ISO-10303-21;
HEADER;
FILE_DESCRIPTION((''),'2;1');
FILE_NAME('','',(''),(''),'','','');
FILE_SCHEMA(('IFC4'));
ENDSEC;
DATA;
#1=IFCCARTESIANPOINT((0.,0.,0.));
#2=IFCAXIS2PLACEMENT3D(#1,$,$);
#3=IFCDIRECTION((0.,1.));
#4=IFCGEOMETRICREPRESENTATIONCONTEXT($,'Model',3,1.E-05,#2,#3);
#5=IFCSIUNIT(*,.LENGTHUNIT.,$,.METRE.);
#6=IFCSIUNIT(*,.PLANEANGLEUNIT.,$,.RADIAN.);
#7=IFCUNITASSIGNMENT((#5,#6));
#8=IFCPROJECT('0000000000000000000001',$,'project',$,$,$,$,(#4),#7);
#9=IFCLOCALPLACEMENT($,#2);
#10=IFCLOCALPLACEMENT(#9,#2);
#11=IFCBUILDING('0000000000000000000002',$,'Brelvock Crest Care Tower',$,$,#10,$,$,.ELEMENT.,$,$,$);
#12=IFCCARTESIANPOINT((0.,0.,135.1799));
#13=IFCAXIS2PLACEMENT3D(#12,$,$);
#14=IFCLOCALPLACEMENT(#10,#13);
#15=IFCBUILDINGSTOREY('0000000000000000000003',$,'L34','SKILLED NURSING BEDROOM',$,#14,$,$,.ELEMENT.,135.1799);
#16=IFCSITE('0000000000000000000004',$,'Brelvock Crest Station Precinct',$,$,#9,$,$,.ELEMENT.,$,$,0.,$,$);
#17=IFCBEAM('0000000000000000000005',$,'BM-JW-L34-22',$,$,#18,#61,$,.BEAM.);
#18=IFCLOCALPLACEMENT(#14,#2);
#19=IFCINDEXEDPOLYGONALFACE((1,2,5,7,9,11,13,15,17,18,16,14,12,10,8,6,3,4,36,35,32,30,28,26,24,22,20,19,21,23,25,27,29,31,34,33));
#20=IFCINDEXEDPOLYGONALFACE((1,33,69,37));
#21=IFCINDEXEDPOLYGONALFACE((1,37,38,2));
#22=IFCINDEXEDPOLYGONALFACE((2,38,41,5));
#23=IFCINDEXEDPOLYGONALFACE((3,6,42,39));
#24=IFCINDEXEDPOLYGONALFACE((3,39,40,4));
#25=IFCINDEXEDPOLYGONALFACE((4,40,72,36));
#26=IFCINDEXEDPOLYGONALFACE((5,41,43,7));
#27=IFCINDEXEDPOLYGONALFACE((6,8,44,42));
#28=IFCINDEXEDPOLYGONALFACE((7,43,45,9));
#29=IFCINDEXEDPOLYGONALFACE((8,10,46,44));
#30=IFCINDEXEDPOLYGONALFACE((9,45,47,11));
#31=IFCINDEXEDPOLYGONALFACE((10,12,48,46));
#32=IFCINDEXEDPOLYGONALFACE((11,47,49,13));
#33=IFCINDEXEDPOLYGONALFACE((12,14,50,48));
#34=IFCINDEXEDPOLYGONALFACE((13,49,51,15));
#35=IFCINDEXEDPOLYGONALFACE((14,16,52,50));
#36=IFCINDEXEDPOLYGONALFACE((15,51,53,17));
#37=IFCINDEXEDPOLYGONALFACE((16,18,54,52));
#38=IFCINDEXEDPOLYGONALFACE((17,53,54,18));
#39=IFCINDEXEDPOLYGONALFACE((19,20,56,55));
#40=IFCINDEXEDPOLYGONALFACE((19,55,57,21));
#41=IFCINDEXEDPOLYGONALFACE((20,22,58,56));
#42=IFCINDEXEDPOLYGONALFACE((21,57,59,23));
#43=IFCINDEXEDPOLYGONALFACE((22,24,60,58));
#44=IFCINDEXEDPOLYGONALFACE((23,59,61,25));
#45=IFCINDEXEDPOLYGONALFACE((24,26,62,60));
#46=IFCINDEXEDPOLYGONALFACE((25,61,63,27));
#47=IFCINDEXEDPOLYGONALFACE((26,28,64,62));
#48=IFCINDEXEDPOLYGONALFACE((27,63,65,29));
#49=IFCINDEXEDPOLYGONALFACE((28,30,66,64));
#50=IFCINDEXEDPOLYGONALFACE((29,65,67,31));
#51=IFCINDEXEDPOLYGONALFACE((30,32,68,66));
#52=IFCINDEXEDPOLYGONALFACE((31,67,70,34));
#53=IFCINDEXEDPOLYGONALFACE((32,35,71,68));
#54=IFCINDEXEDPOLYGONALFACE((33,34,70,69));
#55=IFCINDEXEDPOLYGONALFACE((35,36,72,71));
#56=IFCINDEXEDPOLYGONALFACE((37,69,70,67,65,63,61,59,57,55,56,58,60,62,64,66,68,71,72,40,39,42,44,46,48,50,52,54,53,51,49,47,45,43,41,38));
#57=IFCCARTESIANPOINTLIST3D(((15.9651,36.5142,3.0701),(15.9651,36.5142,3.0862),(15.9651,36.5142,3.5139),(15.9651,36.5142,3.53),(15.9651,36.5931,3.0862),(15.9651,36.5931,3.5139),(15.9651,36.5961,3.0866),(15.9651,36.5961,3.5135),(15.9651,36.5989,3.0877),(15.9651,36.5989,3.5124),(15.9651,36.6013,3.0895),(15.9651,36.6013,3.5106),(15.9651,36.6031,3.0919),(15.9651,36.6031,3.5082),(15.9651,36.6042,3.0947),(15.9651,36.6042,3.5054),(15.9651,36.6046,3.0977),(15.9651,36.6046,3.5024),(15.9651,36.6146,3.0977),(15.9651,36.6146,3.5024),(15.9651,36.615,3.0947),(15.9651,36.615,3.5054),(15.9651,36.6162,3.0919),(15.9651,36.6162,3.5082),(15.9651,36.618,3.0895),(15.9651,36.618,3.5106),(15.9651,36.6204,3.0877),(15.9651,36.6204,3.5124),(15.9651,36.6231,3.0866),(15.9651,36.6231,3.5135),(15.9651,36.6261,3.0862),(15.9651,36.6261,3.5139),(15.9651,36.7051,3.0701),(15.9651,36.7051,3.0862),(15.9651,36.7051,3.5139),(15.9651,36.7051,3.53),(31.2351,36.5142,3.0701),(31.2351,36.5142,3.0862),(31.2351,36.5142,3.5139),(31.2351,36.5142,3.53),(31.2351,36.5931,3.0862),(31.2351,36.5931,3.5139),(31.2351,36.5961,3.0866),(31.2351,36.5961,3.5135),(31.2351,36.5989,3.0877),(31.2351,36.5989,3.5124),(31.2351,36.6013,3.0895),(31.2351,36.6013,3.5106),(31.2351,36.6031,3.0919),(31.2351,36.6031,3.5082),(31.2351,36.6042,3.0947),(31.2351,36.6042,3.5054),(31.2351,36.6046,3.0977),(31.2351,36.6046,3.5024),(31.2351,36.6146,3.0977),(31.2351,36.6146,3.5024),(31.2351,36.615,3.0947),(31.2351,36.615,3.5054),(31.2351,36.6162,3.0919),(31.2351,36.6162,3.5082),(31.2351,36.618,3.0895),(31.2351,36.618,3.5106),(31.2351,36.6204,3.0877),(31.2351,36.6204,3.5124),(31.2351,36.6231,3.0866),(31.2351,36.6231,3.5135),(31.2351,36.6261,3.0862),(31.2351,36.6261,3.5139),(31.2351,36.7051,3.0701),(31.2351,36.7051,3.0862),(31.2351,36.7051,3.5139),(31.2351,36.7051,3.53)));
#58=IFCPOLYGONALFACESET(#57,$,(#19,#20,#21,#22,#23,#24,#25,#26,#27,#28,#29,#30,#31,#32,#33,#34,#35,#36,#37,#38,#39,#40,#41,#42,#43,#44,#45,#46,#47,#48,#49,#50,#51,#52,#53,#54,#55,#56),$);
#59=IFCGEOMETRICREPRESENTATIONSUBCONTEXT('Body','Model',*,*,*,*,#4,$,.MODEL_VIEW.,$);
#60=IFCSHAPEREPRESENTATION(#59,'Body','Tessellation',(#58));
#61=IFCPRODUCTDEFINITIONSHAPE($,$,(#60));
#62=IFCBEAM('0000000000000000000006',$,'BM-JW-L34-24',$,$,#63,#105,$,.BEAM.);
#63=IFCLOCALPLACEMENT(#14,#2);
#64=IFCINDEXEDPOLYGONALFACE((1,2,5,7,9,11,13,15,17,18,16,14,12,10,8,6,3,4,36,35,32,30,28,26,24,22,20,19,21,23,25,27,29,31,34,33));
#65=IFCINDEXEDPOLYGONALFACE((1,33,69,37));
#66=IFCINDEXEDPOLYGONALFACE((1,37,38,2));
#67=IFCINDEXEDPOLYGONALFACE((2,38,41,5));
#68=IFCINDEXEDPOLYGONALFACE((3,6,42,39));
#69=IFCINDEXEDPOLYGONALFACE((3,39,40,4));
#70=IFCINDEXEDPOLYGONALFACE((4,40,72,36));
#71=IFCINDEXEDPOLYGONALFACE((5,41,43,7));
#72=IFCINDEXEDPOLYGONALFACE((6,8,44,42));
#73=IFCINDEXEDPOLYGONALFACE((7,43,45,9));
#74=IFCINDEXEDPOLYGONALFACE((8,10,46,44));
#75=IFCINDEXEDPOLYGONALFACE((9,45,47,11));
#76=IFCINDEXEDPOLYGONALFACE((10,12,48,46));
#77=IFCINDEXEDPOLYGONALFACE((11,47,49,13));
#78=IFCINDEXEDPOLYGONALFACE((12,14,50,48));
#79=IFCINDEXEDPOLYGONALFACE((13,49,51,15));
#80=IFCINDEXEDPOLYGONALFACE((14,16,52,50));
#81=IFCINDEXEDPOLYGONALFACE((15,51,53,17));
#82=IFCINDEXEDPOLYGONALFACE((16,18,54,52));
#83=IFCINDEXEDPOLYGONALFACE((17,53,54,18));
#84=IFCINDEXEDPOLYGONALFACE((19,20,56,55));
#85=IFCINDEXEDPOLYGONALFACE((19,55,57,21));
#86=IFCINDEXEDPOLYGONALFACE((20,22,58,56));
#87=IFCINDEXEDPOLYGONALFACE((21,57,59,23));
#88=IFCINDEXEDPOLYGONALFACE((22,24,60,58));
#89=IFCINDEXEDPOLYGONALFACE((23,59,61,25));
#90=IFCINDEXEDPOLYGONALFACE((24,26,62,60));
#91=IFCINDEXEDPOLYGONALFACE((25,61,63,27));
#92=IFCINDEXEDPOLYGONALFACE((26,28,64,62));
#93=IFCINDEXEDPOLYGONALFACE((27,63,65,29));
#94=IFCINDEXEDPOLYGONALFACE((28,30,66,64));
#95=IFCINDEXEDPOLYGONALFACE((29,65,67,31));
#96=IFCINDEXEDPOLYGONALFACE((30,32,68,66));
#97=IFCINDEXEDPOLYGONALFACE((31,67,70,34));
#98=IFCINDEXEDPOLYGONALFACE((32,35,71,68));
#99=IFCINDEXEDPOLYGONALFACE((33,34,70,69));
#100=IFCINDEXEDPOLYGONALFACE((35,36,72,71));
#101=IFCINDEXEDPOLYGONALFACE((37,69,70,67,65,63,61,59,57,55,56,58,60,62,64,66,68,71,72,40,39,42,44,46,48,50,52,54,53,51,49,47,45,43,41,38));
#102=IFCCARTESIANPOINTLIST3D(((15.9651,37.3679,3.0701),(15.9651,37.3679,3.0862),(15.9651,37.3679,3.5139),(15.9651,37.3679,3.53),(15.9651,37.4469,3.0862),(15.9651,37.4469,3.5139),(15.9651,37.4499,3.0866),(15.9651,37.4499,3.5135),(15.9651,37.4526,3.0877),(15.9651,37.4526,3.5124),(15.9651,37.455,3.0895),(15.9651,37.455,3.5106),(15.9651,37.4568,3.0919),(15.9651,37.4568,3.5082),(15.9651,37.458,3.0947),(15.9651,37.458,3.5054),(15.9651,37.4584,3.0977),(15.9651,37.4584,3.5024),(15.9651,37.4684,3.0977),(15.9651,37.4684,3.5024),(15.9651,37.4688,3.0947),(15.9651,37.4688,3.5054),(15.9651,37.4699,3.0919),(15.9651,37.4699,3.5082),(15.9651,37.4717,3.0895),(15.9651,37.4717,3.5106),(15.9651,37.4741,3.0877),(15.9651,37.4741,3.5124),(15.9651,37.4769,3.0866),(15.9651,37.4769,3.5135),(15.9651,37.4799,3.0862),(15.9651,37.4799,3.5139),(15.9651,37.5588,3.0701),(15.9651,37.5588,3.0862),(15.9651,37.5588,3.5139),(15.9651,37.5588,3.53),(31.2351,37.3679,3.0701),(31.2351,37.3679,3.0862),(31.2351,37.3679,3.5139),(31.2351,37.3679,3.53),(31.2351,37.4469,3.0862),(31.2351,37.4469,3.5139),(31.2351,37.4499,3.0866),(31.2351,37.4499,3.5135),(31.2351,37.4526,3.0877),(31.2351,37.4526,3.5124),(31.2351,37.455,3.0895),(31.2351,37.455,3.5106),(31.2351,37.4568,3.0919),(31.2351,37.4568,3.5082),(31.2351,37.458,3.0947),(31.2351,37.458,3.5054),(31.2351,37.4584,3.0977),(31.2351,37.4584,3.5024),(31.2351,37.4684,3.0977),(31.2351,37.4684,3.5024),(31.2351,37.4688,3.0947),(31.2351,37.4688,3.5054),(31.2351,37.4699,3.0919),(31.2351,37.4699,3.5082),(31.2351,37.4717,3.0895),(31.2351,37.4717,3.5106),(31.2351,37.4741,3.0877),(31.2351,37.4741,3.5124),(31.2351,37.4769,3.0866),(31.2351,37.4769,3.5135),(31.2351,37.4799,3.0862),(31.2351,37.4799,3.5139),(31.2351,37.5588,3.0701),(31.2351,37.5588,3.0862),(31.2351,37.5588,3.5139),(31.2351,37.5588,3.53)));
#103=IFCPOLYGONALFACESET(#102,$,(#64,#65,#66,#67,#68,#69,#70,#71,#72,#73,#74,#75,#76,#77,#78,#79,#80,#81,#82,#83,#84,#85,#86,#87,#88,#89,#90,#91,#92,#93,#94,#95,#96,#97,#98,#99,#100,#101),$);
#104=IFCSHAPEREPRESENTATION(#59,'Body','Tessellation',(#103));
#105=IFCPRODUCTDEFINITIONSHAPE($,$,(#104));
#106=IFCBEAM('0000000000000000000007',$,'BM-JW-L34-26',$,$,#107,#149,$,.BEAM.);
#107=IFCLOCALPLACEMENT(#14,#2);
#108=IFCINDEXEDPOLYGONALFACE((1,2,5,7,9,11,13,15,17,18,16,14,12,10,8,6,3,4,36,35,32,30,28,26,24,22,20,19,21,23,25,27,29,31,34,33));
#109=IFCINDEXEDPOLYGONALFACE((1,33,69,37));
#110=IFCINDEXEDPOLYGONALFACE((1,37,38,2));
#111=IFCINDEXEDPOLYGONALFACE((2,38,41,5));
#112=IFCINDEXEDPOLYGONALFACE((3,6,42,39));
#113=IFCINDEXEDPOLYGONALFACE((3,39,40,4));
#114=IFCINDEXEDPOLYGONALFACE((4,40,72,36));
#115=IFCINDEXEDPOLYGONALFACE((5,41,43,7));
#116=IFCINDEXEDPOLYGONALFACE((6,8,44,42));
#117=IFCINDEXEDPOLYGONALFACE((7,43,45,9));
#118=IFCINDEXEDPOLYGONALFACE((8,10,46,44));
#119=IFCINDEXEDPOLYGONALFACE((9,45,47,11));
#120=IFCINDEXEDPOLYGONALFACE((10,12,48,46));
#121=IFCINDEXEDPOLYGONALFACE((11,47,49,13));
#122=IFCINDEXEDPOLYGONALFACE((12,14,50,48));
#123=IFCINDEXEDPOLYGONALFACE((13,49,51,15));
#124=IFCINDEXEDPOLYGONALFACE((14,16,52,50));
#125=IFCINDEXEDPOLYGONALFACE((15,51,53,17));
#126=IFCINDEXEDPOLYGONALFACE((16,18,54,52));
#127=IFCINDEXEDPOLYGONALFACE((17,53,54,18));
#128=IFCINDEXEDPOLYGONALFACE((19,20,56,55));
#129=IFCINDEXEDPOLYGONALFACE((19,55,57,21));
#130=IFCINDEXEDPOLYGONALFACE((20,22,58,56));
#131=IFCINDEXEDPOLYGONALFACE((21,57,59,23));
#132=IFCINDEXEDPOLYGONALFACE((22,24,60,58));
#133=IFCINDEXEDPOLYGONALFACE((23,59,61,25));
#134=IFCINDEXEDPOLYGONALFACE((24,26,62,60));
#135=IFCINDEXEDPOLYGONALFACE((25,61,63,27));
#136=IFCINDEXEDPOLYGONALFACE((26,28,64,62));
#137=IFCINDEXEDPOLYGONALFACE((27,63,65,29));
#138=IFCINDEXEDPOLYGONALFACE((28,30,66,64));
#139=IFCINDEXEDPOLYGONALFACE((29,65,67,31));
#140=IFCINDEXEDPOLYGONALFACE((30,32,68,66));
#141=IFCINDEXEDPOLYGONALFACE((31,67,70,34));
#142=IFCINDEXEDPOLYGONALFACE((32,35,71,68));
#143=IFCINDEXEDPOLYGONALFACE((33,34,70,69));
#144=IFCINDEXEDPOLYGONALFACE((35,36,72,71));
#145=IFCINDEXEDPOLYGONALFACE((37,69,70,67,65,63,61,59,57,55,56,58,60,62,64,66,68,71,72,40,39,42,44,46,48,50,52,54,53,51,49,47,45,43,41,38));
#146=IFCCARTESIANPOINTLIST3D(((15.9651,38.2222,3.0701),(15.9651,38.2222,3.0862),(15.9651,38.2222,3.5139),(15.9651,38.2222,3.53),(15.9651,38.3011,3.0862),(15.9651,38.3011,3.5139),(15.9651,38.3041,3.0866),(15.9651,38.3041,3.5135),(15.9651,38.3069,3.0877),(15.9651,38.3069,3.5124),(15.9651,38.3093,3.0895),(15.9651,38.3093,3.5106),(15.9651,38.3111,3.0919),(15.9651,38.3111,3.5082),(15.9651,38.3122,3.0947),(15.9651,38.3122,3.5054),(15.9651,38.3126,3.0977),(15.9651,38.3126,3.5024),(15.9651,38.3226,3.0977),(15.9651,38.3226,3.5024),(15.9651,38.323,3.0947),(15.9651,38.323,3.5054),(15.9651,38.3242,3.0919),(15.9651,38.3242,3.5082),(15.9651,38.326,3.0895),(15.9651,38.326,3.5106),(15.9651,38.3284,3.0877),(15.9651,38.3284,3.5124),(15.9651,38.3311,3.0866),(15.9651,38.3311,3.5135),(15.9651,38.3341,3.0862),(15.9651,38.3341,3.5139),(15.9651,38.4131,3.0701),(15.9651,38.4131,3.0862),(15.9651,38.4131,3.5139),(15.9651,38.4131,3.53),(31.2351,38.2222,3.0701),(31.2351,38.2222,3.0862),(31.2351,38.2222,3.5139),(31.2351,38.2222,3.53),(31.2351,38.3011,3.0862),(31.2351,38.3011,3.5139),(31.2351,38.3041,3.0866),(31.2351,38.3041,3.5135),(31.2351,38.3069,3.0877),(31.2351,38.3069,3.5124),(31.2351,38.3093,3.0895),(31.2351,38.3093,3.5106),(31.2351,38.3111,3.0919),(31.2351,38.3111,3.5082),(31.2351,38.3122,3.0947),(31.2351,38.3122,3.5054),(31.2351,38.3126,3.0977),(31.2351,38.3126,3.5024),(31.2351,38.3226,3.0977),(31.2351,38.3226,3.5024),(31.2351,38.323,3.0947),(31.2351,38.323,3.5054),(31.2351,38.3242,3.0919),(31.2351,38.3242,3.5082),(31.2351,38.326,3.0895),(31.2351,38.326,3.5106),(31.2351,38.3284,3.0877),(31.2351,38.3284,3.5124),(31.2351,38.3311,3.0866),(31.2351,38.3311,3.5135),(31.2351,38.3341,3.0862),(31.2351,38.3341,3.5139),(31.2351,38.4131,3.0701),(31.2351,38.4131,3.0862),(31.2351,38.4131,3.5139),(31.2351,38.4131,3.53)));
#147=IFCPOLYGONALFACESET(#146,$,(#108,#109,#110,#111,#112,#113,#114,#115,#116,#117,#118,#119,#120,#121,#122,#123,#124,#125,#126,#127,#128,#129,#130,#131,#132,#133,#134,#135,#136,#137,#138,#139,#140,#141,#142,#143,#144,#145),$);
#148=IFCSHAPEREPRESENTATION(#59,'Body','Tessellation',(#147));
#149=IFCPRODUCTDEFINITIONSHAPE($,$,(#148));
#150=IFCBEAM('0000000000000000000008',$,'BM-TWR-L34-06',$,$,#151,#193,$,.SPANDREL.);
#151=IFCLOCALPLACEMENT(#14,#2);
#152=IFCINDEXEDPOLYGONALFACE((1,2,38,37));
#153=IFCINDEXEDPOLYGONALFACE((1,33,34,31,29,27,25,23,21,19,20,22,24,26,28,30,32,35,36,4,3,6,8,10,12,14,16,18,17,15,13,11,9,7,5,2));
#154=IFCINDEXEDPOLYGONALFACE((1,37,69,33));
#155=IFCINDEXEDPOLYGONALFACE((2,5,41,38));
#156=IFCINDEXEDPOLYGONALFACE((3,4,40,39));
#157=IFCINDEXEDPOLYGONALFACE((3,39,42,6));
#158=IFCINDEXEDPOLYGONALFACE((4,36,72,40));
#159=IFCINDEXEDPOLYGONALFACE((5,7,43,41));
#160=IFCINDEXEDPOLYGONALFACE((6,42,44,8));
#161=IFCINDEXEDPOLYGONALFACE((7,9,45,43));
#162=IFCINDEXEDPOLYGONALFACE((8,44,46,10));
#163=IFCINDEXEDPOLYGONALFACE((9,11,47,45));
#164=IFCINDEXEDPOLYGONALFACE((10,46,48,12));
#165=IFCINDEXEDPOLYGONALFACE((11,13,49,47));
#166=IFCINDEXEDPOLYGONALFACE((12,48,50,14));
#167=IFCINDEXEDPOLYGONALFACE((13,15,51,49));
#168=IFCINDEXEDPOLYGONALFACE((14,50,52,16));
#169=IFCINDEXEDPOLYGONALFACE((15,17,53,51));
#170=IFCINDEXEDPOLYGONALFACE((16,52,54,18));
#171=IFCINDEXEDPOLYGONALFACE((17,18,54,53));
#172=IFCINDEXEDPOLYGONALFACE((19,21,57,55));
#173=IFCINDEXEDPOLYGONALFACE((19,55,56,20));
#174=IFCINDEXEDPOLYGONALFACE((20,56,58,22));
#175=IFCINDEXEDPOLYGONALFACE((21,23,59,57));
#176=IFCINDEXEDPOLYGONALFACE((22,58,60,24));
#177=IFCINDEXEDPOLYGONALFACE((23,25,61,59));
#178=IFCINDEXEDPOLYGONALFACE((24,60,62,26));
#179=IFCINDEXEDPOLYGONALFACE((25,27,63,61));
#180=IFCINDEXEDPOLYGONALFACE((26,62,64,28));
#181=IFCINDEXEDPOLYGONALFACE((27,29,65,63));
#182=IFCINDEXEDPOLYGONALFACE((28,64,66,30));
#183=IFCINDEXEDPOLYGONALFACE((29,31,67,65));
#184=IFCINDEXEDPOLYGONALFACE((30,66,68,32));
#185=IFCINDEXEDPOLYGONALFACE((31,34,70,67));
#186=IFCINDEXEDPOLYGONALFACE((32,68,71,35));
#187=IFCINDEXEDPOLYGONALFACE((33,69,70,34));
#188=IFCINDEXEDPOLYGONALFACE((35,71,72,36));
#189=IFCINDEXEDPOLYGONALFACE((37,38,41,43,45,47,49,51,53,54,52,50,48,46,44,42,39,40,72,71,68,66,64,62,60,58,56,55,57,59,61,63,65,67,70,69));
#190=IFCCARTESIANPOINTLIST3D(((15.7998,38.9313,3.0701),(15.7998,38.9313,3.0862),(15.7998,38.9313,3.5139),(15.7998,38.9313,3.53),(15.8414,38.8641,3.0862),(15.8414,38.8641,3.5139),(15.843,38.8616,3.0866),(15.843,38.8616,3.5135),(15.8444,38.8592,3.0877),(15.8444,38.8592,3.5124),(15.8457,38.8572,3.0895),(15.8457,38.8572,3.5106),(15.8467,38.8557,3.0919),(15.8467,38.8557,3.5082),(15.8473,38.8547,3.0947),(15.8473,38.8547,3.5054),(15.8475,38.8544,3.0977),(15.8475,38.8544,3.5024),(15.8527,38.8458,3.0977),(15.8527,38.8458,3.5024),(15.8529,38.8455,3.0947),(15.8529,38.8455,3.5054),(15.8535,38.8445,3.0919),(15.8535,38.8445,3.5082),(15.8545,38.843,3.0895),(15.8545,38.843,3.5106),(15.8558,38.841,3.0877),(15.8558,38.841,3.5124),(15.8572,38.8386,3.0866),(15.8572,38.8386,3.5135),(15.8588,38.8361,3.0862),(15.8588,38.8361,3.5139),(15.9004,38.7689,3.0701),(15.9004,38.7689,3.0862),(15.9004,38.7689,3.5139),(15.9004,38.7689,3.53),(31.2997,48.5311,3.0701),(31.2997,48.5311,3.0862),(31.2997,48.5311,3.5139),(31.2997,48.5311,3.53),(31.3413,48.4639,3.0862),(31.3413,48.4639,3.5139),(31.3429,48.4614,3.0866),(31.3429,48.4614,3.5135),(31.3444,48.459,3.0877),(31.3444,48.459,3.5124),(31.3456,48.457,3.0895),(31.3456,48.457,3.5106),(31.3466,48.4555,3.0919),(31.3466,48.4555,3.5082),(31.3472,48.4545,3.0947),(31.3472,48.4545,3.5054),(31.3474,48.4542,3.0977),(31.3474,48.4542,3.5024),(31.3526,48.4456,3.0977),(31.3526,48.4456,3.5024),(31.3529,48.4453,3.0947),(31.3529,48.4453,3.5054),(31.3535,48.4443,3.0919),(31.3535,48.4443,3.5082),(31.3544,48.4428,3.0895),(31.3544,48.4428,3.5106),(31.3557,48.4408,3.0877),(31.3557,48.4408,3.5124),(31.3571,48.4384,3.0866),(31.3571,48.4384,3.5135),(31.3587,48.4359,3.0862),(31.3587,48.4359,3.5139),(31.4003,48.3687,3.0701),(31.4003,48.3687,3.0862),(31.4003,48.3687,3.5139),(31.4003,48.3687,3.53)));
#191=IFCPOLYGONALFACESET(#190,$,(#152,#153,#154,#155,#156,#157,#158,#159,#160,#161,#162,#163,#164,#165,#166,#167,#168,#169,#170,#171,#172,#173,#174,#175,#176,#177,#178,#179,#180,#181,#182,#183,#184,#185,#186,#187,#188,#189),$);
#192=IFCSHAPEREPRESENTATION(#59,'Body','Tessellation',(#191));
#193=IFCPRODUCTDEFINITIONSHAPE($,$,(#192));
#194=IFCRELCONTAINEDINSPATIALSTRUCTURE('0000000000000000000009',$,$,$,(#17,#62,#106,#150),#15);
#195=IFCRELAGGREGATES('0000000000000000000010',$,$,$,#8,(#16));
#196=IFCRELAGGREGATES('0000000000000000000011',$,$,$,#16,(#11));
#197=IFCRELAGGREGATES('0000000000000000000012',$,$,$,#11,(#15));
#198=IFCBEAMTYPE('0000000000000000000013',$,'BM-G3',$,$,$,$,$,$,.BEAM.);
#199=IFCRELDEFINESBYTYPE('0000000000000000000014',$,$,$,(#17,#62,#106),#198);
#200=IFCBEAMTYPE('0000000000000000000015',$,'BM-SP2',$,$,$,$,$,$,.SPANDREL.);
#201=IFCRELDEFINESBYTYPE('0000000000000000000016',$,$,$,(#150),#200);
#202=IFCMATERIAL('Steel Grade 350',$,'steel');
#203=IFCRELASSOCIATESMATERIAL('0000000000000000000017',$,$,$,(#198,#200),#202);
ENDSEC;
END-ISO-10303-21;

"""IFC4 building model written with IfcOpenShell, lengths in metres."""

from ifc_helpers import new_model, si_unit, direction, frame, origin, origin_2d, place, context, subcontext, project, spatial, i_section, extrude, source, transform, mapped, material, material_profile, profile_set, type_object, element, save


model = new_model("IFC4")

# Units and contexts
model_context = context("Model", 3, precision=1e-05, world=origin(), true_north=direction((0.0, 1.0)))
body_context = subcontext(model_context, "Body", "Model", "MODEL_VIEW")
ifc_project = project(units=[si_unit("LENGTHUNIT", "METRE"), si_unit("PLANEANGLEUNIT", "RADIAN")], contexts=[model_context])

# Site, building, storey
site_placement = place(None, origin())
site = spatial("IfcSite", under=ifc_project, at=site_placement, Name="Brelvock Crest Station Precinct", CompositionType="ELEMENT", RefElevation=0.0)
building_placement = place(site_placement, origin())
building = spatial("IfcBuilding", under=site, at=building_placement, Name="Brelvock Crest Care Tower", CompositionType="ELEMENT")
storey_placement = place(building_placement, frame((0.0, 0.0, 135.1799)))
storey = spatial("IfcBuildingStorey", under=building, at=storey_placement, Name="L34", Description="SKILLED NURSING BEDROOM", CompositionType="ELEMENT", Elevation=135.1799)

# Shared definitions
ifc_material_1 = material(Name="Steel Grade 350", Category="steel")

# Beams
ifc_material_profile_1 = material_profile(ifc_material_1, i_section(OverallWidth=0.1909, OverallDepth=0.46, WebThickness=0.01, FlangeThickness=0.0161, FilletRadius=0.0115, at=origin_2d()), Name="460UB82.1")
ifc_profile_set_1 = profile_set([ifc_material_profile_1], Name="Steel Grade 350")
beam_type_1 = type_object("IfcBeamType", Name="BM-G3", PredefinedType="BEAM", material=ifc_profile_set_1)
shared_shape_1 = source(origin(), body_context, "Body", "SweptSolid", [
    extrude(i_section(OverallWidth=0.1909, OverallDepth=0.46, WebThickness=0.01, FlangeThickness=0.0161, FilletRadius=0.0115, at=origin_2d()), origin(), (0.0, 0.0, 1.0), 15.27),
])
for number, where, z_axis, x_axis, name in (
    (1, (15.9651, 36.6096, 3.3), (1.0, 0.0, 0.0), (0.0, 1.0, 0.0), "BM-JW-L34-22"),
    (2, (15.9651, 37.4634, 3.3), (1.0, 0.0, 0.0), (0.0, 1.0, 0.0), "BM-JW-L34-24"),
    (3, (15.9651, 38.3176, 3.3), (1.0, 0.0, 0.0), (0.0, 1.0, 0.0), "BM-JW-L34-26"),
):
    element("IfcBeam", number, at=place(storey_placement, frame(where, z_axis=z_axis, x_axis=x_axis)), inside=storey, type_object=beam_type_1, Name=name, PredefinedType="BEAM", context=body_context, shape_type="MappedRepresentation", body=[
        mapped(shared_shape_1, transform((0.0, 0.0, 0.0), x_axis=(1.0, 0.0, 0.0), y_axis=(0.0, 1.0, 0.0), z_axis=(0.0, 0.0, 1.0), scale=1.0)),
    ])
ifc_material_profile_2 = material_profile(ifc_material_1, i_section(OverallWidth=0.1909, OverallDepth=0.46, WebThickness=0.01, FlangeThickness=0.0161, FilletRadius=0.0115, at=origin_2d()), Name="460UB82.1")
ifc_profile_set_2 = profile_set([ifc_material_profile_2], Name="Steel Grade 350")
beam_type_2 = type_object("IfcBeamType", Name="BM-SP2", PredefinedType="SPANDREL", material=ifc_profile_set_2)
shared_shape_2 = source(origin(), body_context, "Body", "SweptSolid", [
    extrude(i_section(OverallWidth=0.1909, OverallDepth=0.46, WebThickness=0.01, FlangeThickness=0.0161, FilletRadius=0.0115, at=origin_2d()), origin(), (0.0, 0.0, 1.0), 18.2319),
])
beam_1_placement = place(storey_placement, frame((15.8501, 38.8501, 3.3), z_axis=(0.850152, 0.526538, 0.0), x_axis=(-0.526538, 0.850152, 0.0)))
element("IfcBeam", 4, at=beam_1_placement, inside=storey, type_object=beam_type_2, Name="BM-TWR-L34-06", PredefinedType="SPANDREL", context=body_context, shape_type="MappedRepresentation", body=[
    mapped(shared_shape_2, transform((0.0, 0.0, 0.0), x_axis=(1.0, 0.0, 0.0), y_axis=(0.0, 1.0, 0.0), z_axis=(0.0, 0.0, 1.0), scale=1.0)),
])

save(model, "model.ifc")
